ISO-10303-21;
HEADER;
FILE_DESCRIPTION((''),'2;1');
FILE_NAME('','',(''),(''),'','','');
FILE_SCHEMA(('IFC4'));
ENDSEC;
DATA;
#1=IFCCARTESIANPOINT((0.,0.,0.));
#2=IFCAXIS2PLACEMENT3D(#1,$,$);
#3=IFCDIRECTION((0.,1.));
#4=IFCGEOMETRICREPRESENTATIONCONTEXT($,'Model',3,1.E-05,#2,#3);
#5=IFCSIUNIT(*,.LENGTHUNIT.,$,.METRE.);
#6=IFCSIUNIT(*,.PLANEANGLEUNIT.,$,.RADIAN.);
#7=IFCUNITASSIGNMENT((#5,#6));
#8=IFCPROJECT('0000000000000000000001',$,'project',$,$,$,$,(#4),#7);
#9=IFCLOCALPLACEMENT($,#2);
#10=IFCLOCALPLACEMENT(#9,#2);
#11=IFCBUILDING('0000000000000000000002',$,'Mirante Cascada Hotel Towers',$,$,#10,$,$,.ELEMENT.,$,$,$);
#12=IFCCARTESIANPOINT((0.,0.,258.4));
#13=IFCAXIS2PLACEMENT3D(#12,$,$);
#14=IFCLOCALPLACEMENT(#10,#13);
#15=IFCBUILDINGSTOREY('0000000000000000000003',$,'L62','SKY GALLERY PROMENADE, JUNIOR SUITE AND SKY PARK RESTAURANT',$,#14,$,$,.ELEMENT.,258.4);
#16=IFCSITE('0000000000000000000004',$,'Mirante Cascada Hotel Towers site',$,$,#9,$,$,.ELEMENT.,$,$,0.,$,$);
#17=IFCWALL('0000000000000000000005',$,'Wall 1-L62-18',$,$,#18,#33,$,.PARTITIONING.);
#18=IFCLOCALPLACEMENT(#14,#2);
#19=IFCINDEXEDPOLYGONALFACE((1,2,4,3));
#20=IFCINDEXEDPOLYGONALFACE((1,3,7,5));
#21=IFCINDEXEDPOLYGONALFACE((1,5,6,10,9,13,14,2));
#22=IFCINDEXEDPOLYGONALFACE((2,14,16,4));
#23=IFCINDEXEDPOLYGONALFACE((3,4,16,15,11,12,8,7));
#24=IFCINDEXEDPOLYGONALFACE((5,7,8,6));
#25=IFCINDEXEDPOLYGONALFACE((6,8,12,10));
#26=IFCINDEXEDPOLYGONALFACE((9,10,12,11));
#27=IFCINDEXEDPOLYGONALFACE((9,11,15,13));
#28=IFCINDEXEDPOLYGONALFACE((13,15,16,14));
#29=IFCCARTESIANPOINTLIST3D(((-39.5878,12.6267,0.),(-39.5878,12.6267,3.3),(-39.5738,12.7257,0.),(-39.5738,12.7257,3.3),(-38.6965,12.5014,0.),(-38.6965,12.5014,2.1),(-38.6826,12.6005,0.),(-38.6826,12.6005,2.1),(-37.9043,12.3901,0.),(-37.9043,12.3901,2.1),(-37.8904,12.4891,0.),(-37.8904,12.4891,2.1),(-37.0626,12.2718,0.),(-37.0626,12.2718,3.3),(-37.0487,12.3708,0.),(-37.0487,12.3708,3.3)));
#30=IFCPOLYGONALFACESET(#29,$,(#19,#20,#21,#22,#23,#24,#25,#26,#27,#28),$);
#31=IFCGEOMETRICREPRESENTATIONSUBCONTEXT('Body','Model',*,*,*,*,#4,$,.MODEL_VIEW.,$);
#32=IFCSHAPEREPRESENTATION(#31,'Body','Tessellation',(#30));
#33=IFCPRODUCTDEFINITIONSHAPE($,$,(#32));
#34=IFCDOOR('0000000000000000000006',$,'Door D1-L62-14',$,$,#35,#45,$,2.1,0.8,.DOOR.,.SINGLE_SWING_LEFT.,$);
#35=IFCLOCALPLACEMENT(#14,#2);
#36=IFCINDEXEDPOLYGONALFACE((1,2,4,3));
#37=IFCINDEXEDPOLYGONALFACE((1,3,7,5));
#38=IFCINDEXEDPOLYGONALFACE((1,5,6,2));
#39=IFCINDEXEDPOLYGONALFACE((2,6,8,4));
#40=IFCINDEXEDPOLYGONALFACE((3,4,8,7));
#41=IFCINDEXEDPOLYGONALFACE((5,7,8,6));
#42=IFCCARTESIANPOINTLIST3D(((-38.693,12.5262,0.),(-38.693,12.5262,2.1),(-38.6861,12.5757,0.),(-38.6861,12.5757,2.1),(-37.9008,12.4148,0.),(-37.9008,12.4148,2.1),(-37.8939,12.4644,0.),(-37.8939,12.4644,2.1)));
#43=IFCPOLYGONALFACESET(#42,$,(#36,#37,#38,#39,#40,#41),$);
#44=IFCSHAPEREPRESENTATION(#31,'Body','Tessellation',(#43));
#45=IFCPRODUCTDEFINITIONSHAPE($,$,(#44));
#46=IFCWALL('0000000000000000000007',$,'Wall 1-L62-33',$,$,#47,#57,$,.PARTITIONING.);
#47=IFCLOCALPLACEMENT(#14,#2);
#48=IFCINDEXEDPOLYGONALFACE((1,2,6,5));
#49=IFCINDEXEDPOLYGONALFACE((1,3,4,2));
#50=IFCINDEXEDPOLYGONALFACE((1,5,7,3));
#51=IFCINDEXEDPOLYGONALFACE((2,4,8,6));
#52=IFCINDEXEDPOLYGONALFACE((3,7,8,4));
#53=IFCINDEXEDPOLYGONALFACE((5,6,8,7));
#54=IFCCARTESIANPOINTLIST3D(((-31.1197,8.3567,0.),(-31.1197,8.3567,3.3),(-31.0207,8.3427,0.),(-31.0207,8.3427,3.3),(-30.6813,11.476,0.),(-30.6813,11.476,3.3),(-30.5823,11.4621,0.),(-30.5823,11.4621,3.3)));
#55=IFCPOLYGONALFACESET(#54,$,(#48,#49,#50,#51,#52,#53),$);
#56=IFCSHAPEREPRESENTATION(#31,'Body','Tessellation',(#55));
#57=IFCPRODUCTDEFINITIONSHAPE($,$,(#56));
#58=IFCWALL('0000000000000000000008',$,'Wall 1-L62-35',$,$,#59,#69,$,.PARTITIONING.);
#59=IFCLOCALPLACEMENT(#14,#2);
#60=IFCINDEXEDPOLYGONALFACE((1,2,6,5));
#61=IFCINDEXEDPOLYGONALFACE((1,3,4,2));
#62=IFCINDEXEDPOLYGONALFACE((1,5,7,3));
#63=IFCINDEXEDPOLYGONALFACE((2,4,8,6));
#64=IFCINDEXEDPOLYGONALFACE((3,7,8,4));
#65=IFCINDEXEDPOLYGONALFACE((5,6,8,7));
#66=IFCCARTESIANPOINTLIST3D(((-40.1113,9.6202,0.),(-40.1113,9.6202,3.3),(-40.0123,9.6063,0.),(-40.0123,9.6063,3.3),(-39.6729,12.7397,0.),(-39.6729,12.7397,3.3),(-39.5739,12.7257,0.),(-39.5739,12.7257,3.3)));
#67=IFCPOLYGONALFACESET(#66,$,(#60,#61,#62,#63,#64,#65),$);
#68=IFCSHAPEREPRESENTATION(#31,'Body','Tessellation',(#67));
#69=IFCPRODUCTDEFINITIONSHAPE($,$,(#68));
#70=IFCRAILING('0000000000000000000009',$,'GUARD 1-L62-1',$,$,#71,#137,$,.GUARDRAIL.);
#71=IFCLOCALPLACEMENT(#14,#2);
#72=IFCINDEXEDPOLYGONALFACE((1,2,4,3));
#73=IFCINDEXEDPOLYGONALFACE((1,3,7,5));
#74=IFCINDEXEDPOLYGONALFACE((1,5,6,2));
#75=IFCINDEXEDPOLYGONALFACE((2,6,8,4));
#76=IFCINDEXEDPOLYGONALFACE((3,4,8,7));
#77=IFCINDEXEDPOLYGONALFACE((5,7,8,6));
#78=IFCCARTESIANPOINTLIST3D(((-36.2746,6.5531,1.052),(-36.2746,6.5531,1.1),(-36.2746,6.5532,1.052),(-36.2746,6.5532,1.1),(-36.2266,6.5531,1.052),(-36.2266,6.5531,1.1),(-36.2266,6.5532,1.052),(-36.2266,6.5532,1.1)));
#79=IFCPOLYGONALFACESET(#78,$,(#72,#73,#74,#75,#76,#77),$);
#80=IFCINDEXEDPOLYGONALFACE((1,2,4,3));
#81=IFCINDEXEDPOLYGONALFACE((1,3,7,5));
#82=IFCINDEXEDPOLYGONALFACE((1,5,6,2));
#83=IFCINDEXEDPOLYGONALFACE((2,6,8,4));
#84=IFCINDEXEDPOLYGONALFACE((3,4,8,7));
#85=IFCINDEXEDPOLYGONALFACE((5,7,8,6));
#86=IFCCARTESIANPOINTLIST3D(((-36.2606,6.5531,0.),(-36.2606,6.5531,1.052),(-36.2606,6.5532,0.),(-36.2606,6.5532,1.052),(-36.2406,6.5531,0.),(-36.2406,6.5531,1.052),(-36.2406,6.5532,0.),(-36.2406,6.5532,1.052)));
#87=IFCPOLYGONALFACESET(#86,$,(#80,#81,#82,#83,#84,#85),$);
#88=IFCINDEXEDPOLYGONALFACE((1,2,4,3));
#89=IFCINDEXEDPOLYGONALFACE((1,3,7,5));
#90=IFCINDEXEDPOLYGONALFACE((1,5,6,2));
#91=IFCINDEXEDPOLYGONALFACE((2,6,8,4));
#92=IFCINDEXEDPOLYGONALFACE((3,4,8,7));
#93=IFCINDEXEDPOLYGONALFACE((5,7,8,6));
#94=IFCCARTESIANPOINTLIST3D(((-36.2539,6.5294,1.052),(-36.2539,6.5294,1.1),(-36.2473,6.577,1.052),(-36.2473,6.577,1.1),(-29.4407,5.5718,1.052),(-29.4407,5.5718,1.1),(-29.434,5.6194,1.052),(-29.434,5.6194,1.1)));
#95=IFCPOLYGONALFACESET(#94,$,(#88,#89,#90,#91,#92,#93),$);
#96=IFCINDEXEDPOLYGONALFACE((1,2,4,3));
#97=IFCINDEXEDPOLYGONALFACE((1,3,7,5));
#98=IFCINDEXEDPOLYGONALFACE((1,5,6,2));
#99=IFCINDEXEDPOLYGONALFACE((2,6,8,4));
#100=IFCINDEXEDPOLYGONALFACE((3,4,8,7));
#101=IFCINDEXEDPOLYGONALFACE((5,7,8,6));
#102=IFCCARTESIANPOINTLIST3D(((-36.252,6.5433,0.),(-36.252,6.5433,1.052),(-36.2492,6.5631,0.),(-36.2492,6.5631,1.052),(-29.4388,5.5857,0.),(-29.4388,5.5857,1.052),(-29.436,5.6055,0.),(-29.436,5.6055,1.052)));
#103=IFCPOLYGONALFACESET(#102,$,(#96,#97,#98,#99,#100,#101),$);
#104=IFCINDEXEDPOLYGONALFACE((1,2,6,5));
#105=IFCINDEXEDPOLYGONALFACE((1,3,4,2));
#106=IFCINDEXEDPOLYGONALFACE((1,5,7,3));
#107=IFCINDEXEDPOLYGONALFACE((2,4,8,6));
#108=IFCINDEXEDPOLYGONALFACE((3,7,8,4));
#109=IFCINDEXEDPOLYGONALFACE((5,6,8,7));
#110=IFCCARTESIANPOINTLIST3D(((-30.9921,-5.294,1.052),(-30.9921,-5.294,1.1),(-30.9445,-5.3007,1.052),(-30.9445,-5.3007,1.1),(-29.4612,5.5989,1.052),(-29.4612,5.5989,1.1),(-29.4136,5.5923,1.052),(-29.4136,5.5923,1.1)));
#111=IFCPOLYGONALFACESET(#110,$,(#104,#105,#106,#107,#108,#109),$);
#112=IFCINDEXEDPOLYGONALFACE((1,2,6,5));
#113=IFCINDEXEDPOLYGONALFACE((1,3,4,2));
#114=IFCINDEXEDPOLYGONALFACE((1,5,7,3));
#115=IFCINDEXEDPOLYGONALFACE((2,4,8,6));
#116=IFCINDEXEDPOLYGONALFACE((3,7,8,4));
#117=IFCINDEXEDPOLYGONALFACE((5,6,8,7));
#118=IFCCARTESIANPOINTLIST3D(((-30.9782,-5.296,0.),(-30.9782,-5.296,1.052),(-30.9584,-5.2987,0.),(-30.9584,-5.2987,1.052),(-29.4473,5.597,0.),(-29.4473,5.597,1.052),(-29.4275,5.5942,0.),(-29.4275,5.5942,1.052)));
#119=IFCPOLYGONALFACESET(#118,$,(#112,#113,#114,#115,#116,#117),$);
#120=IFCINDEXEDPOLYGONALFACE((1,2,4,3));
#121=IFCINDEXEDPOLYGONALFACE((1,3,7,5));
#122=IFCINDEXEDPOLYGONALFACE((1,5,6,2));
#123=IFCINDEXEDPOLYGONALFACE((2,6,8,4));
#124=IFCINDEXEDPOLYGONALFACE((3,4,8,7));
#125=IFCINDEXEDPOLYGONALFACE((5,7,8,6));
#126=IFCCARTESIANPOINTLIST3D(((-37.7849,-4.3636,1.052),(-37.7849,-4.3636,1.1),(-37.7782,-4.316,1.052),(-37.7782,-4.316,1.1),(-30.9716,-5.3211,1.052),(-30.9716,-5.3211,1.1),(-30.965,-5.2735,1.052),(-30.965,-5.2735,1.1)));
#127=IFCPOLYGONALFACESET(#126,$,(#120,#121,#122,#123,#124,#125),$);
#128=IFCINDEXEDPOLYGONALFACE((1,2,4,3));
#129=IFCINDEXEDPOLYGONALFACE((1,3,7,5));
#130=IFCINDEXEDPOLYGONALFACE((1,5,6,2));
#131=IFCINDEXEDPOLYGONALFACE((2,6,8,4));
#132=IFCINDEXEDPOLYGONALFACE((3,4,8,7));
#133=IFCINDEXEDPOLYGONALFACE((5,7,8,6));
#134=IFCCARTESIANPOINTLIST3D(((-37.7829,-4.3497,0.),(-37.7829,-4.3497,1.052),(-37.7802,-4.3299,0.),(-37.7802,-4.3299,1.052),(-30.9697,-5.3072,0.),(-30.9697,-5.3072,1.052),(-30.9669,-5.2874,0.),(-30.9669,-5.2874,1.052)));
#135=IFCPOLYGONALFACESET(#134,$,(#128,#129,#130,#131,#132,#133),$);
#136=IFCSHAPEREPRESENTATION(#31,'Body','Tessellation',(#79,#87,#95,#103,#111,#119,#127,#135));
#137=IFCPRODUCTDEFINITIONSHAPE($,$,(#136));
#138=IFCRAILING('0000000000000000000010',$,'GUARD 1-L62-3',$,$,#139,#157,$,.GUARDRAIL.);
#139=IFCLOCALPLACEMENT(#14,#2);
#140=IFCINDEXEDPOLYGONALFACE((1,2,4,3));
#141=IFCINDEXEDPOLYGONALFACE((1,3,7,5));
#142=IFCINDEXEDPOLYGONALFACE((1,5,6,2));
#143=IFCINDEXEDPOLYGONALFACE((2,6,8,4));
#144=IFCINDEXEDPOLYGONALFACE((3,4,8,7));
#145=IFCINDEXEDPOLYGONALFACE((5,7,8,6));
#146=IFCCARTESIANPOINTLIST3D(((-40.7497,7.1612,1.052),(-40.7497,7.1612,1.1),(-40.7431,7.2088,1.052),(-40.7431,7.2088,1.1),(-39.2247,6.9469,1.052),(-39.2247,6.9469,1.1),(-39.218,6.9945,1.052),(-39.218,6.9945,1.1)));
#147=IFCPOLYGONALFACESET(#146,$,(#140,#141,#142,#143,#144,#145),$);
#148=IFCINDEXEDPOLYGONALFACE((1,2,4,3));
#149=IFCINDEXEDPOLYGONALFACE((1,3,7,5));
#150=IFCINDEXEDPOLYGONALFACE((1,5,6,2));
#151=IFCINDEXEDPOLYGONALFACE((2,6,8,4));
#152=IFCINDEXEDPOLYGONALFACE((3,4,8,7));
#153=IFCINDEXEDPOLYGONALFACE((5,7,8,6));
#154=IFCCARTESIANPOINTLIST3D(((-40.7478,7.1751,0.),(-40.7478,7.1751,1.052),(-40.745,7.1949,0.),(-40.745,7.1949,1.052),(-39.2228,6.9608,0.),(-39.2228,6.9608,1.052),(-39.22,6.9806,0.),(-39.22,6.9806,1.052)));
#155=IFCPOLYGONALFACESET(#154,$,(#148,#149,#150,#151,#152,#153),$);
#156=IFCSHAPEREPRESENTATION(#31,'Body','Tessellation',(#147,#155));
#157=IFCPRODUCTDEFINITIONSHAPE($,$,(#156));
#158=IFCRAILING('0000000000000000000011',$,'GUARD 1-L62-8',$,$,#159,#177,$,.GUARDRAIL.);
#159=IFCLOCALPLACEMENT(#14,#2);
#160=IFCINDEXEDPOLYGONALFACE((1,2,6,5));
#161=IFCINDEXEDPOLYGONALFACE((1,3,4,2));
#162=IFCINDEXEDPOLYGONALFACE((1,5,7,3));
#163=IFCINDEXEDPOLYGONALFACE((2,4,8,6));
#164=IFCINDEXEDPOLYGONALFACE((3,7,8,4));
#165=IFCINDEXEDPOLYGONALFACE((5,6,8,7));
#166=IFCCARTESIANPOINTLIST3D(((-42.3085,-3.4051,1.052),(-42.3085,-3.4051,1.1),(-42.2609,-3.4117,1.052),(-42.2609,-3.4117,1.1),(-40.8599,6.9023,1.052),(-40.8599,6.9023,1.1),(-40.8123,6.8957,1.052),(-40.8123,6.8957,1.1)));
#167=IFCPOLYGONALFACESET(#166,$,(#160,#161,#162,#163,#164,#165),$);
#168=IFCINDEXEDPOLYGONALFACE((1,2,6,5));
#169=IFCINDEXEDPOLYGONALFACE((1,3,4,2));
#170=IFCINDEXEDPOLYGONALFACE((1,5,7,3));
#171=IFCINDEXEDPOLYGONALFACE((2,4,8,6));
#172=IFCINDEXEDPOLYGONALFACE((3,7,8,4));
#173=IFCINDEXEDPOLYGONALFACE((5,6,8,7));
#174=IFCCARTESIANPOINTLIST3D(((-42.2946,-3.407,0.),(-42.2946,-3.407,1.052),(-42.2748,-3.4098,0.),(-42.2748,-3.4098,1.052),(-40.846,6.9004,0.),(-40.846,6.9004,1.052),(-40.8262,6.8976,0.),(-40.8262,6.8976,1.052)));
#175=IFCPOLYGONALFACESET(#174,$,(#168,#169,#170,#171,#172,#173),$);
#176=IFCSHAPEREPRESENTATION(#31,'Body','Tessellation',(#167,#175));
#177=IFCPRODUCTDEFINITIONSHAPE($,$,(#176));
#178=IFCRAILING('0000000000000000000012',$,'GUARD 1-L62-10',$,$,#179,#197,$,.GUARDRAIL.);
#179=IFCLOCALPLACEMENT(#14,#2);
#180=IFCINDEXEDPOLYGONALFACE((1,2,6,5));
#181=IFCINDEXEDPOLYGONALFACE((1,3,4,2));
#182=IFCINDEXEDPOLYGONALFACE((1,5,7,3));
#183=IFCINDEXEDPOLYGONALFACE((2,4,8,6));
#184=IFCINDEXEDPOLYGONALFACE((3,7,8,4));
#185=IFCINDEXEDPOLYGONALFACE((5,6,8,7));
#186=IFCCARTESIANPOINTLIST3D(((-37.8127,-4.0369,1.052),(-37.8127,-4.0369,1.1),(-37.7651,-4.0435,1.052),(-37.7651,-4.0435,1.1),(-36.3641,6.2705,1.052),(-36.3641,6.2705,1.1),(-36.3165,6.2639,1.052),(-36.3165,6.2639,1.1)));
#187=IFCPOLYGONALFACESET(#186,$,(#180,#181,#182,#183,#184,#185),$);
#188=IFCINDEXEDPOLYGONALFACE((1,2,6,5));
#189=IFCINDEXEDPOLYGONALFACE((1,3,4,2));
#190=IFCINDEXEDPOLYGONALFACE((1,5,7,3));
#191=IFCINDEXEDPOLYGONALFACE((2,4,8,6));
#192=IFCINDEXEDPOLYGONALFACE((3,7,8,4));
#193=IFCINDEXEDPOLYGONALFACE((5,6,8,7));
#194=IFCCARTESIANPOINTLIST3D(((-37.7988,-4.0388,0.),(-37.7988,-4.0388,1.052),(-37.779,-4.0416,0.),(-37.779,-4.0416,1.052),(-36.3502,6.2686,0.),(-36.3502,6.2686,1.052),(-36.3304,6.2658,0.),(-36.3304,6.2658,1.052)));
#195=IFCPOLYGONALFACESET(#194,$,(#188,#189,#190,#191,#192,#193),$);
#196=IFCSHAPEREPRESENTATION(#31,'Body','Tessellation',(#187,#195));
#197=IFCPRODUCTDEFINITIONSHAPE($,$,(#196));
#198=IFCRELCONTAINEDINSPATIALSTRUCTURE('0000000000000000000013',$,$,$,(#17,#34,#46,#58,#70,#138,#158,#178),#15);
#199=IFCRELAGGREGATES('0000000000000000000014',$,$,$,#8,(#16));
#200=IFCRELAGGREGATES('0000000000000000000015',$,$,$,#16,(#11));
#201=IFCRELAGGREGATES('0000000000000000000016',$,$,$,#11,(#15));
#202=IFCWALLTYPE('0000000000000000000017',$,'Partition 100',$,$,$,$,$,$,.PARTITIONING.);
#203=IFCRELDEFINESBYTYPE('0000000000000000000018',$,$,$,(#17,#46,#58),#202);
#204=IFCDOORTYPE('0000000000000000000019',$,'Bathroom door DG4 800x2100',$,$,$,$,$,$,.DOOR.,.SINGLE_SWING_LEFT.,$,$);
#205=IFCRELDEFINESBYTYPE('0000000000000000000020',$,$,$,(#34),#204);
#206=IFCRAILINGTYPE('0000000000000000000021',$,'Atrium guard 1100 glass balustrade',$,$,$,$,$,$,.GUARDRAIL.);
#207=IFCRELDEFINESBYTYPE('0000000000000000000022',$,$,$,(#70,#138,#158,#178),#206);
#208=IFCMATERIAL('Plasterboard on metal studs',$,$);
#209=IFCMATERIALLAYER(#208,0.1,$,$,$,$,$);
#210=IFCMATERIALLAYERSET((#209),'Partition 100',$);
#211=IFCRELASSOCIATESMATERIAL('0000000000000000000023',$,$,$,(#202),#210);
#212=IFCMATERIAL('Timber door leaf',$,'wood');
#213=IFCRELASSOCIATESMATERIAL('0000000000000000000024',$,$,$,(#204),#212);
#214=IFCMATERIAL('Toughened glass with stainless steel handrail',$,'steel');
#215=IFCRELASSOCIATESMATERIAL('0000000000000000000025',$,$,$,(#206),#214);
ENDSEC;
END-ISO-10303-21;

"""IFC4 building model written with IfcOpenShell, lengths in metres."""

from ifc_helpers import new_model, si_unit, direction, frame, frame_2d, origin, origin_2d, place, context, subcontext, project, spatial, rectangle, extrude, material, layer, layer_set, type_object, element, fill, save


model = new_model("IFC4")

# Units and contexts
model_context = context("Model", 3, precision=1e-05, world=origin(), true_north=direction((0.0, 1.0)))
body_context = subcontext(model_context, "Body", "Model", "MODEL_VIEW")
ifc_project = project(units=[si_unit("LENGTHUNIT", "METRE"), si_unit("PLANEANGLEUNIT", "RADIAN")], contexts=[model_context])

# Site, building, storey
site_placement = place(None, origin())
site = spatial("IfcSite", under=ifc_project, at=site_placement, Name="Mirante Cascada Hotel Towers site", CompositionType="ELEMENT", RefElevation=0.0)
building_placement = place(site_placement, origin())
building = spatial("IfcBuilding", under=site, at=building_placement, Name="Mirante Cascada Hotel Towers", CompositionType="ELEMENT")
storey_placement = place(building_placement, frame((0.0, 0.0, 258.4)))
storey = spatial("IfcBuildingStorey", under=building, at=storey_placement, Name="L62", Description="SKY GALLERY PROMENADE, JUNIOR SUITE AND SKY PARK RESTAURANT", CompositionType="ELEMENT", Elevation=258.4)

# Wall, opening, door
ifc_material_1 = material(Name="Plasterboard on metal studs")
ifc_layer_1 = layer(ifc_material_1, 0.1)
ifc_layer_set_1 = layer_set([ifc_layer_1], Name="Partition 100")
wall_type_1 = type_object("IfcWallType", Name="Partition 100", PredefinedType="PARTITIONING", material=ifc_layer_set_1)
ifc_material_2 = material(Name="Timber door leaf", Category="wood")
door_type = type_object("IfcDoorType", Name="Bathroom door DG4 800x2100", OperationType="SINGLE_SWING_LEFT", PredefinedType="DOOR", material=ifc_material_2)
wall_1_placement = place(storey_placement, frame((-39.5808, 12.6762, 0.0), z_axis=(0.0, 0.0, 1.0), x_axis=(0.990268, -0.139176, 0.0)))
wall_1 = element("IfcWall", 1, at=wall_1_placement, inside=storey, type_object=wall_type_1, Name="Wall 1-L62-18", PredefinedType="PARTITIONING", context=body_context, shape_type="SweptSolid", body=[
    extrude(rectangle(XDim=2.55, YDim=0.1, at=frame_2d((1.275, 0.0))), origin(), (0.0, 0.0, 1.0), 3.3),
])
opening_1_placement = place(wall_1_placement, frame((0.9, 0.0, 0.0)))
opening_1 = element("IfcOpeningElement", 2, at=opening_1_placement, cuts=wall_1, PredefinedType="OPENING", context=body_context, shape_type="SweptSolid", body=[
    extrude(rectangle(XDim=0.8, YDim=2.1, at=frame_2d((0.4, 1.05))), frame((0.0, 0.05, 0.0), z_axis=(0.0, -1.0, 0.0), x_axis=(1.0, 0.0, 0.0)), (0.0, 0.0, 1.0), 0.1),
])
door_1_placement = place(opening_1_placement, origin())
door_1 = element("IfcDoor", 3, at=door_1_placement, inside=storey, type_object=door_type, Name="Door D1-L62-14", OperationType="SINGLE_SWING_LEFT", OverallHeight=2.1, OverallWidth=0.8, PredefinedType="DOOR", context=body_context, shape_type="SweptSolid", body=[
    extrude(rectangle(XDim=0.8, YDim=2.1, at=frame_2d((0.4, 1.05))), frame((0.0, 0.025, 0.0), z_axis=(0.0, -1.0, 0.0), x_axis=(1.0, 0.0, 0.0)), (0.0, 0.0, 1.0), 0.05),
])
fill(opening_1, door_1)

# Walls
wall_2_placement = place(storey_placement, frame((-31.0702, 8.3497, 0.0), z_axis=(0.0, 0.0, 1.0), x_axis=(0.139177, 0.990268, 0.0)))
element("IfcWall", 4, at=wall_2_placement, inside=storey, type_object=wall_type_1, Name="Wall 1-L62-33", PredefinedType="PARTITIONING", context=body_context, shape_type="SweptSolid", body=[
    extrude(rectangle(XDim=3.15, YDim=0.1, at=frame_2d((1.575, 0.0))), origin(), (0.0, 0.0, 1.0), 3.3),
])
wall_3_placement = place(storey_placement, frame((-40.0618, 9.6133, 0.0), z_axis=(0.0, 0.0, 1.0), x_axis=(0.139172, 0.990268, 0.0)))
element("IfcWall", 5, at=wall_3_placement, inside=storey, type_object=wall_type_1, Name="Wall 1-L62-35", PredefinedType="PARTITIONING", context=body_context, shape_type="SweptSolid", body=[
    extrude(rectangle(XDim=3.1501, YDim=0.1, at=frame_2d((1.575, 0.0))), origin(), (0.0, 0.0, 1.0), 3.3),
])

# Railings
ifc_material_3 = material(Name="Toughened glass with stainless steel handrail", Category="steel")
railing_type = type_object("IfcRailingType", Name="Atrium guard 1100 glass balustrade", PredefinedType="GUARDRAIL", material=ifc_material_3)
railing_1_placement = place(storey_placement, frame((-36.2506, 6.5531, 0.0)))
element("IfcRailing", 6, at=railing_1_placement, inside=storey, type_object=railing_type, Name="GUARD 1-L62-1", PredefinedType="GUARDRAIL", context=body_context, shape_type="SweptSolid", body=[
    extrude(rectangle(XDim=0.048, YDim=0.048, at=origin_2d()), frame((0.0, 0.0, 1.076), z_axis=(0.0, 1.0, 0.0), x_axis=(-1.0, 0.0, 0.0)), (0.0, 0.0, 1.0), 0.0001),
    extrude(rectangle(XDim=0.02, YDim=1.052, at=origin_2d()), frame((0.0, 0.0, 0.526), z_axis=(0.0, 1.0, 0.0), x_axis=(-1.0, 0.0, 0.0)), (0.0, 0.0, 1.0), 0.0001),
    extrude(rectangle(XDim=0.048, YDim=0.048, at=origin_2d()), frame((0.0, 0.0001, 1.076), z_axis=(0.990267, -0.139183, 0.0), x_axis=(0.139183, 0.990267, 0.0)), (0.0, 0.0, 1.0), 6.8802),
    extrude(rectangle(XDim=0.02, YDim=1.052, at=origin_2d()), frame((0.0, 0.0001, 0.526), z_axis=(0.990267, -0.139183, 0.0), x_axis=(0.139183, 0.990267, 0.0)), (0.0, 0.0, 1.0), 6.8802),
    extrude(rectangle(XDim=0.048, YDim=0.048, at=origin_2d()), frame((6.8132, -0.9575, 1.076), z_axis=(-0.139173, -0.990268, 0.0), x_axis=(0.990268, -0.139173, 0.0)), (0.0, 0.0, 1.0), 11.0),
    extrude(rectangle(XDim=0.02, YDim=1.052, at=origin_2d()), frame((6.8132, -0.9575, 0.526), z_axis=(-0.139173, -0.990268, 0.0), x_axis=(0.990268, -0.139173, 0.0)), (0.0, 0.0, 1.0), 11.0),
    extrude(rectangle(XDim=0.048, YDim=0.048, at=origin_2d()), frame((5.2823, -11.8504, 1.076), z_axis=(-0.990269, 0.139168, 0.0), x_axis=(-0.139168, -0.990269, 0.0)), (0.0, 0.0, 1.0), 6.8802),
    extrude(rectangle(XDim=0.02, YDim=1.052, at=origin_2d()), frame((5.2823, -11.8504, 0.526), z_axis=(-0.990269, 0.139168, 0.0), x_axis=(-0.139168, -0.990269, 0.0)), (0.0, 0.0, 1.0), 6.8802),
])
railing_2_placement = place(storey_placement, frame((-40.7464, 7.185, 0.0)))
element("IfcRailing", 7, at=railing_2_placement, inside=storey, type_object=railing_type, Name="GUARD 1-L62-3", PredefinedType="GUARDRAIL", context=body_context, shape_type="SweptSolid", body=[
    extrude(rectangle(XDim=0.048, YDim=0.048, at=origin_2d()), frame((0.0, 0.0, 1.076), z_axis=(0.99027, -0.139157, 0.0), x_axis=(0.139157, 0.99027, 0.0)), (0.0, 0.0, 1.0), 1.54),
    extrude(rectangle(XDim=0.02, YDim=1.052, at=origin_2d()), frame((0.0, 0.0, 0.526), z_axis=(0.99027, -0.139157, 0.0), x_axis=(0.139157, 0.99027, 0.0)), (0.0, 0.0, 1.0), 1.54),
])
for number, where, name in (
    (8, (-40.8361, 6.899, 0.0), "GUARD 1-L62-8"),
    (9, (-36.3403, 6.2672, 0.0), "GUARD 1-L62-10"),
):
    element("IfcRailing", number, at=place(storey_placement, frame(where)), inside=storey, type_object=railing_type, Name=name, PredefinedType="GUARDRAIL", context=body_context, shape_type="SweptSolid", body=[
        extrude(rectangle(XDim=0.048, YDim=0.048, at=origin_2d()), frame((0.0, 0.0, 1.076), z_axis=(-0.139172, -0.990268, 0.0), x_axis=(0.990268, -0.139172, 0.0)), (0.0, 0.0, 1.0), 10.4087),
        extrude(rectangle(XDim=0.02, YDim=1.052, at=origin_2d()), frame((0.0, 0.0, 0.526), z_axis=(-0.139172, -0.990268, 0.0), x_axis=(0.990268, -0.139172, 0.0)), (0.0, 0.0, 1.0), 10.4087),
    ])

save(model, "model.ifc")
